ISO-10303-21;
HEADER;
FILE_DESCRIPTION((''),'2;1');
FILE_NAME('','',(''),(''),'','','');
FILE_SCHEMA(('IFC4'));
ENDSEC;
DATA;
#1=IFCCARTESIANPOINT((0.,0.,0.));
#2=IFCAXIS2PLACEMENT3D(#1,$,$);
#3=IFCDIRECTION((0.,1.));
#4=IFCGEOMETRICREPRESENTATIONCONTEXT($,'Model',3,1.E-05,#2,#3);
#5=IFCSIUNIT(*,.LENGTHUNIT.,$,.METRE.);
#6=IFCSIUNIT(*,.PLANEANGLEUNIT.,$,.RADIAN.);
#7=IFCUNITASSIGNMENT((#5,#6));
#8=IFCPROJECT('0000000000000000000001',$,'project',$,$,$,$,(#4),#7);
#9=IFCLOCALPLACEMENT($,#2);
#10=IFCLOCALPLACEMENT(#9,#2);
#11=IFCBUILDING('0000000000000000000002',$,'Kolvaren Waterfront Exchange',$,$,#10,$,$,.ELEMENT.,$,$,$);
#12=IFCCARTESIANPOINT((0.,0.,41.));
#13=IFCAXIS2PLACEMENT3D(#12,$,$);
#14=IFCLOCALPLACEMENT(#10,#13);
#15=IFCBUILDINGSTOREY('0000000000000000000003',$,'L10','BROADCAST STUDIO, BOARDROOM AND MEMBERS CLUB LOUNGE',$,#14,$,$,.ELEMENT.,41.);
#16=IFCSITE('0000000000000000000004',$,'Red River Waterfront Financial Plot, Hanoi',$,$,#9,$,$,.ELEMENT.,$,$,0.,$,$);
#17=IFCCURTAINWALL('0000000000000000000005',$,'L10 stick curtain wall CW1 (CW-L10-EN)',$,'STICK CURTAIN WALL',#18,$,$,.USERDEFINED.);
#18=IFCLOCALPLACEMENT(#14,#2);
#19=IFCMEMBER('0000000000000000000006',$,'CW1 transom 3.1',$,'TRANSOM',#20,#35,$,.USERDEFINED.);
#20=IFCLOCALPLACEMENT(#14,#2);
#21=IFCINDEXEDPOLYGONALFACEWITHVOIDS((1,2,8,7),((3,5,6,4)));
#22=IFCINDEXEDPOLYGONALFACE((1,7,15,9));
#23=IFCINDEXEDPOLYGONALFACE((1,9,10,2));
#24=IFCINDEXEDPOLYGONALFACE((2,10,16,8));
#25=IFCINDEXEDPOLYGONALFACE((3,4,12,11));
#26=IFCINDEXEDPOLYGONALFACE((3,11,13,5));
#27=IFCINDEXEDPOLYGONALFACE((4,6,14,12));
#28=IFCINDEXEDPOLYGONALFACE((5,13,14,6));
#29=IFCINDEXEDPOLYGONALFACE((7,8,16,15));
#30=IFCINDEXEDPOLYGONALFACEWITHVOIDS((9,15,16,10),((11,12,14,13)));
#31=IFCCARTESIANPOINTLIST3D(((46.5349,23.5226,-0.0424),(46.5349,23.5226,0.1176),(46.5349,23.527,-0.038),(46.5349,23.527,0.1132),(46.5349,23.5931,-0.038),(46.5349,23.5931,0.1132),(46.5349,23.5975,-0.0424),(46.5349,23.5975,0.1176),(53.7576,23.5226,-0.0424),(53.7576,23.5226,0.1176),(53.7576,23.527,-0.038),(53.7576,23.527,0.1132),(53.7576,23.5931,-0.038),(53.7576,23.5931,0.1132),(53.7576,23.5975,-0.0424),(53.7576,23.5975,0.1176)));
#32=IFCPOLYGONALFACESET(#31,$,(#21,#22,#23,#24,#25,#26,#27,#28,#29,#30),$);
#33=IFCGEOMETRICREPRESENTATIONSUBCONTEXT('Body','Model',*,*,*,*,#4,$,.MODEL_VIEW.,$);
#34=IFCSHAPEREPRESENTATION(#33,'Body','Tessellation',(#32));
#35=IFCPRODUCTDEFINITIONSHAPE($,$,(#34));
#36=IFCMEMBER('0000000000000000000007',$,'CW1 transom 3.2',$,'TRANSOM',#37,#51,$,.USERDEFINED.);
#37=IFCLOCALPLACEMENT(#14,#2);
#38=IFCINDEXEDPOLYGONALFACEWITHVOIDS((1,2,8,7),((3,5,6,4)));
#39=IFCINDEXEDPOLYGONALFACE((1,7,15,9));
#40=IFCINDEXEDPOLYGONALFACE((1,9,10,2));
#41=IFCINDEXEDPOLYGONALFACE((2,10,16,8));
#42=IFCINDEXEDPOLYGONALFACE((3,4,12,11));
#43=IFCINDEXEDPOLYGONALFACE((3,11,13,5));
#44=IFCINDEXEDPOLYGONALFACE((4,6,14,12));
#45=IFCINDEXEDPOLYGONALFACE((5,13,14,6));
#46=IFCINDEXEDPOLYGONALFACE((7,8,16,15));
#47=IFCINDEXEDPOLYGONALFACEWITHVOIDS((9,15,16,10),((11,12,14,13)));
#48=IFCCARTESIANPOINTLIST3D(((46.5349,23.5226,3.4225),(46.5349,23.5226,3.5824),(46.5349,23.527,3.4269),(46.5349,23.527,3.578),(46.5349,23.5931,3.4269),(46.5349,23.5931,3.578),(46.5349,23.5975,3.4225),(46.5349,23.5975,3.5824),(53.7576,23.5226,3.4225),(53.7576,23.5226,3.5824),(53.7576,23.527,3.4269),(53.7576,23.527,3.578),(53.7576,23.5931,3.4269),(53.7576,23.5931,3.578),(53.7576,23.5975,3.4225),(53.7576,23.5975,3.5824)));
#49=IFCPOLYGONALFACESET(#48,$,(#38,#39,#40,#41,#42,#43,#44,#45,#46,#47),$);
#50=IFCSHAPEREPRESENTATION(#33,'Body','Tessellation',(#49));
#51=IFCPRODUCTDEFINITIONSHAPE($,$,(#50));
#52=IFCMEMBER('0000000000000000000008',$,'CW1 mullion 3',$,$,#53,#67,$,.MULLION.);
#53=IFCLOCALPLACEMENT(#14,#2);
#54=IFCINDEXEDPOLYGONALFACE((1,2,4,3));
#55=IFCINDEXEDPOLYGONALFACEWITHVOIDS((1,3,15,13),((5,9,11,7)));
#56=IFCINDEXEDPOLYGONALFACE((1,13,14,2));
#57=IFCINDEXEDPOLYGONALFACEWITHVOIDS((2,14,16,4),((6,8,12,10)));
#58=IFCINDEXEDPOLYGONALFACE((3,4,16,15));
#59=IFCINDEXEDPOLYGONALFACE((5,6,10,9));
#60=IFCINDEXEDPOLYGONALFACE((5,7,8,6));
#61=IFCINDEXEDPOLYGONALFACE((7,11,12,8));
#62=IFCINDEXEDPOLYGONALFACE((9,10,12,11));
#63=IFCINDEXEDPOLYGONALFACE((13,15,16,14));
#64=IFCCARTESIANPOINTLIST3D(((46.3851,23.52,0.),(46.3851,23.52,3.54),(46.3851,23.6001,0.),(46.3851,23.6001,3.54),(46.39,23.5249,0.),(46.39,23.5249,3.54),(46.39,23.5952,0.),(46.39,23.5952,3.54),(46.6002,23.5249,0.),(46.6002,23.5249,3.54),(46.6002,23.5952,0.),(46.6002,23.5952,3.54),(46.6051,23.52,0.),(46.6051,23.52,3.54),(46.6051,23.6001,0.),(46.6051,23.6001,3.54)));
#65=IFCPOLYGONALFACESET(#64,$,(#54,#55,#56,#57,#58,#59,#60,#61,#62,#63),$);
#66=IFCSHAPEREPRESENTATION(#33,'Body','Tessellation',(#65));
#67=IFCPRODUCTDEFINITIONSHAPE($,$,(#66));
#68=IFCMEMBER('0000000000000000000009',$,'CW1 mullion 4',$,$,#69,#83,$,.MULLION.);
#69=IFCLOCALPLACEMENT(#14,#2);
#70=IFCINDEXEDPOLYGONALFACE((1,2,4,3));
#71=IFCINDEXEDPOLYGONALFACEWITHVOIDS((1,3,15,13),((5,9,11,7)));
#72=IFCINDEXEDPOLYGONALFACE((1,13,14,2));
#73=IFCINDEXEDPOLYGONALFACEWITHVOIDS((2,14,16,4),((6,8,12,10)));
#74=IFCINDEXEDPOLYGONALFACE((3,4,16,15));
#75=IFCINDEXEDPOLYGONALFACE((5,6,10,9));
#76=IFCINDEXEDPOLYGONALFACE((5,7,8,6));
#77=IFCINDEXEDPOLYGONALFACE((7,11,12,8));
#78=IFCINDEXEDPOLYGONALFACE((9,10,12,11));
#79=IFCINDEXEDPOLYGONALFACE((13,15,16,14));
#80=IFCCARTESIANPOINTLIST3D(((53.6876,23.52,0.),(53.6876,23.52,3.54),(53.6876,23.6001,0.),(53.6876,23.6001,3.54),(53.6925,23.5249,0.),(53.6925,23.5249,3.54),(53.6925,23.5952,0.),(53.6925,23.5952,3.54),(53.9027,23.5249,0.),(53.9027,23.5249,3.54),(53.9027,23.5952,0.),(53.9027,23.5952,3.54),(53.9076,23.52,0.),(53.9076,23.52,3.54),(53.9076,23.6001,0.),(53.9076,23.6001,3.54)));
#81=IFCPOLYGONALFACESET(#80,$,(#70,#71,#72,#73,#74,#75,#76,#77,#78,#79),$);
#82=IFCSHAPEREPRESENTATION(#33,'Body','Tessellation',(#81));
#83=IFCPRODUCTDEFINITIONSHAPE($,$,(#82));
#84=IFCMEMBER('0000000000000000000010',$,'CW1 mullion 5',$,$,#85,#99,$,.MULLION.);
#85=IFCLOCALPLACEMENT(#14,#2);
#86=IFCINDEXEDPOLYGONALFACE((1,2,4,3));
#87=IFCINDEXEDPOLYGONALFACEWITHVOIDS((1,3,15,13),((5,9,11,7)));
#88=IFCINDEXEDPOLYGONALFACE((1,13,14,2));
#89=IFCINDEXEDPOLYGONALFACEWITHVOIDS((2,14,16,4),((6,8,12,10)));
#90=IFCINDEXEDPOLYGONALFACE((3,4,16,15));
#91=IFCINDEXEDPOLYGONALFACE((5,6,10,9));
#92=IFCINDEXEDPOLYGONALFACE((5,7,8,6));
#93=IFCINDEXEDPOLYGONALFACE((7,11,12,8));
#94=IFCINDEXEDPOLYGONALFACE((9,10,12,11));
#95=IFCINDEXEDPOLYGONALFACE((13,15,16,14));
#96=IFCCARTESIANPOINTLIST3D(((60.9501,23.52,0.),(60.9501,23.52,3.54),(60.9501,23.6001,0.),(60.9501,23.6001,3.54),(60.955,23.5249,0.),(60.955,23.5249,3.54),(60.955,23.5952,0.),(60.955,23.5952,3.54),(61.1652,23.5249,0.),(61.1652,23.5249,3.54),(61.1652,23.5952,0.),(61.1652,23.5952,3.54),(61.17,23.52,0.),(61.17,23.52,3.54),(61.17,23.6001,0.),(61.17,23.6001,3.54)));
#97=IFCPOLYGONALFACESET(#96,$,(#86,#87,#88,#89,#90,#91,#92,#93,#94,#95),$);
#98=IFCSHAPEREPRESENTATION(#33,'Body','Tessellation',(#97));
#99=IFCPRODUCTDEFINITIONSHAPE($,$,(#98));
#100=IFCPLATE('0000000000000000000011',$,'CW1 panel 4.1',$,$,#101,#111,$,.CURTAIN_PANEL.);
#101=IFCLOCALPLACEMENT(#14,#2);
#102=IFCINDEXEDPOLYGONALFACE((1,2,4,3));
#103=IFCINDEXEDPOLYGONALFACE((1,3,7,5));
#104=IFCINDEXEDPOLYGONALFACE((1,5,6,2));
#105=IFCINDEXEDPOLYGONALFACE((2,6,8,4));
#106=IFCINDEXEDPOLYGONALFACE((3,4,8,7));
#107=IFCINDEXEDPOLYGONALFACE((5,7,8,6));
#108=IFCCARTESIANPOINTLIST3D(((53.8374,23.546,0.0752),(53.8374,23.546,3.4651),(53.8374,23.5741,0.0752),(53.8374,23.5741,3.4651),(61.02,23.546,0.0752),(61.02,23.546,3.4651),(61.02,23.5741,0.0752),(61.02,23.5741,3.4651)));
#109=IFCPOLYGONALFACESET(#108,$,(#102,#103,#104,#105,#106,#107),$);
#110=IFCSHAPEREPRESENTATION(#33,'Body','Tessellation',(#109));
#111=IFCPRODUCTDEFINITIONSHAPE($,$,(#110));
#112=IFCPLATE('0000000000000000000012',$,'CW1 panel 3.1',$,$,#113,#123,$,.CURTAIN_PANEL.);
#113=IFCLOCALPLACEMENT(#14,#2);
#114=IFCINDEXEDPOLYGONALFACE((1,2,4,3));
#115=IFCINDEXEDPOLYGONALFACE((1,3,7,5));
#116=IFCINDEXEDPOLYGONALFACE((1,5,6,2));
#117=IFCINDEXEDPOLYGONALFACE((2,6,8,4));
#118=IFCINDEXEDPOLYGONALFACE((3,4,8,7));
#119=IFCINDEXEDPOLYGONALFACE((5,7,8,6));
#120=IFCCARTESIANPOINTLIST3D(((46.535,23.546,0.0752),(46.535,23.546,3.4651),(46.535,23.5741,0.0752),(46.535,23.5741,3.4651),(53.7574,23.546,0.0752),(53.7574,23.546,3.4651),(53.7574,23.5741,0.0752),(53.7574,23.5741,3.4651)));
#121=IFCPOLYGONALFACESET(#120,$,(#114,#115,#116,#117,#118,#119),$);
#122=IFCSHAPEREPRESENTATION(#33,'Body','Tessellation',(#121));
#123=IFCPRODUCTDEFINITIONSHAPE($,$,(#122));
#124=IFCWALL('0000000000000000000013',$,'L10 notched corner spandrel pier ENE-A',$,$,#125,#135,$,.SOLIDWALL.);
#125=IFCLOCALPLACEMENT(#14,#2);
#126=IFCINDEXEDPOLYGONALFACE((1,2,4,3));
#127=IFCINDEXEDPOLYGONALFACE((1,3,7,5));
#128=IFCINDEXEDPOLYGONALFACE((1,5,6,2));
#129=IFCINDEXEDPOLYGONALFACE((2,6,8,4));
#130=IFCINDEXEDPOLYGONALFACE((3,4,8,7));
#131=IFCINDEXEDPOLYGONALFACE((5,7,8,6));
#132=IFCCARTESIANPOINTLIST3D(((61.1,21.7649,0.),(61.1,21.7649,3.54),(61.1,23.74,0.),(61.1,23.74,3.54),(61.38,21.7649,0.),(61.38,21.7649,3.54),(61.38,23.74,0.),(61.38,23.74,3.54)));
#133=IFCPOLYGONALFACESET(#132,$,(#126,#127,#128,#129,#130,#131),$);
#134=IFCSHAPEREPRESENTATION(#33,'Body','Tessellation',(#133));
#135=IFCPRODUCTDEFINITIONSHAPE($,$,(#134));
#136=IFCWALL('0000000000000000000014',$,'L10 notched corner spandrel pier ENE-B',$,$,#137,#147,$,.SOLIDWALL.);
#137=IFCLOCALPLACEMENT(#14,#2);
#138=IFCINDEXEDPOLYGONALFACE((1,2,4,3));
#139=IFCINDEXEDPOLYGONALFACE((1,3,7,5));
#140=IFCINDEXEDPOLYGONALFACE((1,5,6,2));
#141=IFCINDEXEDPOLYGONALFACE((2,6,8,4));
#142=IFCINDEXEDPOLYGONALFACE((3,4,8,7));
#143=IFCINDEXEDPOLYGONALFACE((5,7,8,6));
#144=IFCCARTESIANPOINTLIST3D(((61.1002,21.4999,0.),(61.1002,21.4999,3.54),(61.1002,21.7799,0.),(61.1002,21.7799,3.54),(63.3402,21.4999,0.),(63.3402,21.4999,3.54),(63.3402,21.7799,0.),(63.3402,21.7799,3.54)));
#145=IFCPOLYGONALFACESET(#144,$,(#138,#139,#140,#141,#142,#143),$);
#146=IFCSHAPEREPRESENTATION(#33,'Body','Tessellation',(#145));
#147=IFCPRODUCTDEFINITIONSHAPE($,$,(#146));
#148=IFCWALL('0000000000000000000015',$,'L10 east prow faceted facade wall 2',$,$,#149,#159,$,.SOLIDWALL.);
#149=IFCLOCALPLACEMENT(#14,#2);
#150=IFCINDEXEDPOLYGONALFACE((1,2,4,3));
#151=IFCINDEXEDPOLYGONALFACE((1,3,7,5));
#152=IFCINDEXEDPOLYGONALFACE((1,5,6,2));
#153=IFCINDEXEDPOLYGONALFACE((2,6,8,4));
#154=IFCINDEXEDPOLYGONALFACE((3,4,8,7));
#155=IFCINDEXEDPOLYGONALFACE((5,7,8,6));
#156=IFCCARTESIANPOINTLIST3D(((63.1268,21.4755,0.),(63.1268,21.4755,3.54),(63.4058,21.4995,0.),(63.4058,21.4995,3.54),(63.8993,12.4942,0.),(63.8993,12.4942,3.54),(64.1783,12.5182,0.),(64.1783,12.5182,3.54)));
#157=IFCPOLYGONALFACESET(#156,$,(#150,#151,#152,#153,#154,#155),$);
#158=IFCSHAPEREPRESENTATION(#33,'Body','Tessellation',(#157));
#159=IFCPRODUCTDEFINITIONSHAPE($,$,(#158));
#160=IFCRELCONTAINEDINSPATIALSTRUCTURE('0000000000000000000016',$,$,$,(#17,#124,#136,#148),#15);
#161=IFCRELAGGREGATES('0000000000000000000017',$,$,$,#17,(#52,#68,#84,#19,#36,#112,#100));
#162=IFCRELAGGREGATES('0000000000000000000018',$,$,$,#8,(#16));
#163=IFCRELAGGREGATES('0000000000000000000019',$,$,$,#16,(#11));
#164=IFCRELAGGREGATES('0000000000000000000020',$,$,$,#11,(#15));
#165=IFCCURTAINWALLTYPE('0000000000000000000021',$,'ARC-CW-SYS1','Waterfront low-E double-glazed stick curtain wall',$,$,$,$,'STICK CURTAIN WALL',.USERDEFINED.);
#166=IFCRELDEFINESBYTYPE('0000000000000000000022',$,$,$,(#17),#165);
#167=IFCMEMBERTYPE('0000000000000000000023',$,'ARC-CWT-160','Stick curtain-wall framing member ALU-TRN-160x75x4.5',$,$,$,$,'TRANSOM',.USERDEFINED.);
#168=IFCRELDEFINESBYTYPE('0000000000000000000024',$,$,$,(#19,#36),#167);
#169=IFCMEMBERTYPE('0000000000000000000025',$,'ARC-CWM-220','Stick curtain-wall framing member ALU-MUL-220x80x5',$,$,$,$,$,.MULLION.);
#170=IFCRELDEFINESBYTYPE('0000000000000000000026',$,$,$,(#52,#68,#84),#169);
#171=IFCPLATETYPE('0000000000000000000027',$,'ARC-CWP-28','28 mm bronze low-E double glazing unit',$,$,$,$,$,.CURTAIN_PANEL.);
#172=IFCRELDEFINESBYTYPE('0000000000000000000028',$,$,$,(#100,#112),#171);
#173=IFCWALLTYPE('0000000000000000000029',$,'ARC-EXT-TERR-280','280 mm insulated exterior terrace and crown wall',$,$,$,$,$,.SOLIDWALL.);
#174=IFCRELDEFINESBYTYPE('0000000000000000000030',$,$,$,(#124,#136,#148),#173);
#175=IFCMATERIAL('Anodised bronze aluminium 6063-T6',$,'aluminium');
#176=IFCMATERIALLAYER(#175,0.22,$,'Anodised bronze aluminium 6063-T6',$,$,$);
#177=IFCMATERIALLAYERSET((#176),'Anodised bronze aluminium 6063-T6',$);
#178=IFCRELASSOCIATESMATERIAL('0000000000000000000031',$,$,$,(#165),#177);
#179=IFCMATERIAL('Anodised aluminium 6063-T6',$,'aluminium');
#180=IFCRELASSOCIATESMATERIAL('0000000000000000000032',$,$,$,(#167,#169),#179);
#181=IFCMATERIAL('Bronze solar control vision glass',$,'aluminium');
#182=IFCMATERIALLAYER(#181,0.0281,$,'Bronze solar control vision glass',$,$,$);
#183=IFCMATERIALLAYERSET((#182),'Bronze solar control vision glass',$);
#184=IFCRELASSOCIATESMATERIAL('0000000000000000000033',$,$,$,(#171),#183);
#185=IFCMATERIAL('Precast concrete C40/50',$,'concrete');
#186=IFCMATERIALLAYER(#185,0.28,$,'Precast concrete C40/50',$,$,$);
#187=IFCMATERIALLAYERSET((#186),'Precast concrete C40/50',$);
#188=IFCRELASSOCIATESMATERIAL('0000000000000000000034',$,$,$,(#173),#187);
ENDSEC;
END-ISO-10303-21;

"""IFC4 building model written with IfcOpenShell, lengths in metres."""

from ifc_helpers import new_model, si_unit, direction, frame, frame_2d, origin, origin_with_axes, origin_2d, place, context, subcontext, project, spatial, rectangle, hollow_rectangle, extrude, source, transform, mapped, material, layer, layer_set, material_profile, profile_set, type_object, element, aggregate, save


model = new_model("IFC4")

# Units and contexts
model_context = context("Model", 3, precision=1e-05, world=origin(), true_north=direction((0.0, 1.0)))
body_context = subcontext(model_context, "Body", "Model", "MODEL_VIEW")
ifc_project = project(units=[si_unit("LENGTHUNIT", "METRE"), si_unit("PLANEANGLEUNIT", "RADIAN")], contexts=[model_context])

# Site, building, storey
site_placement = place(None, origin())
site = spatial("IfcSite", under=ifc_project, at=site_placement, Name="Red River Waterfront Financial Plot, Hanoi", CompositionType="ELEMENT", RefElevation=0.0)
building_placement = place(site_placement, origin())
building = spatial("IfcBuilding", under=site, at=building_placement, Name="Kolvaren Waterfront Exchange", CompositionType="ELEMENT")
storey_placement = place(building_placement, frame((0.0, 0.0, 41.0)))
storey = spatial("IfcBuildingStorey", under=building, at=storey_placement, Name="L10", Description="BROADCAST STUDIO, BOARDROOM AND MEMBERS CLUB LOUNGE", CompositionType="ELEMENT", Elevation=41.0)

# Curtain wall, members, plates
ifc_material_1 = material(Name="Anodised bronze aluminium 6063-T6", Category="aluminium")
ifc_layer_1 = layer(ifc_material_1, 0.22, Name="Anodised bronze aluminium 6063-T6")
ifc_layer_set_1 = layer_set([ifc_layer_1], Name="Anodised bronze aluminium 6063-T6")
curtain_wall_type = type_object("IfcCurtainWallType", Name="ARC-CW-SYS1", Description="Waterfront low-E double-glazed stick curtain wall", ElementType="STICK CURTAIN WALL", PredefinedType="USERDEFINED", material=ifc_layer_set_1)
curtain_wall_placement = place(storey_placement, origin())
curtain_wall = element("IfcCurtainWall", 1, at=curtain_wall_placement, inside=storey, type_object=curtain_wall_type, Name="L10 stick curtain wall CW1 (CW-L10-EN)", ObjectType="STICK CURTAIN WALL", PredefinedType="USERDEFINED")
ifc_material_2 = material(Name="Anodised aluminium 6063-T6", Category="aluminium")
ifc_material_profile_1 = material_profile(ifc_material_2, hollow_rectangle(XDim=0.075, YDim=0.1599, WallThickness=0.0044, at=origin_2d()), Name="ALU-TRN-160x75x4.5")
ifc_profile_set_1 = profile_set([ifc_material_profile_1], Name="Anodised aluminium 6063-T6")
member_type_1 = type_object("IfcMemberType", Name="ARC-CWT-160", Description="Stick curtain-wall framing member ALU-TRN-160x75x4.5", ElementType="TRANSOM", PredefinedType="USERDEFINED", material=ifc_profile_set_1)
shared_shape_1 = source(origin_with_axes(), body_context, "Body", "SweptSolid", [
    extrude(hollow_rectangle(XDim=0.075, YDim=0.1599, WallThickness=0.0044, at=origin_2d()), origin(), (0.0, 0.0, 1.0), 7.2227),
])
member_1_placement = place(storey_placement, frame((46.5349, 23.5601, 0.0376), z_axis=(1.0, 0.0, 0.0), x_axis=(0.0, 1.0, 0.0)))
member_1 = element("IfcMember", 2, at=member_1_placement, type_object=member_type_1, Name="CW1 transom 3.1", ObjectType="TRANSOM", PredefinedType="USERDEFINED", context=body_context, shape_type="MappedRepresentation", body=[
    mapped(shared_shape_1, transform((0.0, 0.0, 0.0), x_axis=(1.0, 0.0, 0.0), y_axis=(0.0, 1.0, 0.0), z_axis=(0.0, 0.0, 1.0), scale=1.0)),
])
member_2_placement = place(storey_placement, frame((46.5349, 23.5601, 3.5024), z_axis=(1.0, 0.0, 0.0), x_axis=(0.0, 1.0, 0.0)))
member_2 = element("IfcMember", 3, at=member_2_placement, type_object=member_type_1, Name="CW1 transom 3.2", ObjectType="TRANSOM", PredefinedType="USERDEFINED", context=body_context, shape_type="MappedRepresentation", body=[
    mapped(shared_shape_1, transform((0.0, 0.0, 0.0), x_axis=(1.0, 0.0, 0.0), y_axis=(0.0, 1.0, 0.0), z_axis=(0.0, 0.0, 1.0), scale=1.0)),
])
ifc_material_profile_2 = material_profile(ifc_material_2, hollow_rectangle(XDim=0.0801, YDim=0.22, WallThickness=0.0049, at=origin_2d()), Name="ALU-MUL-220x80x5")
ifc_profile_set_2 = profile_set([ifc_material_profile_2], Name="Anodised aluminium 6063-T6")
member_type_2 = type_object("IfcMemberType", Name="ARC-CWM-220", Description="Stick curtain-wall framing member ALU-MUL-220x80x5", PredefinedType="MULLION", material=ifc_profile_set_2)
shared_shape_2 = source(origin_with_axes(), body_context, "Body", "SweptSolid", [
    extrude(hollow_rectangle(XDim=0.0801, YDim=0.22, WallThickness=0.0049, at=origin_2d()), origin(), (0.0, 0.0, 1.0), 3.54),
])
member_3_placement = place(storey_placement, frame((46.4951, 23.5601, 0.0), z_axis=(0.0, 0.0, 1.0), x_axis=(0.0, 1.0, 0.0)))
member_3 = element("IfcMember", 4, at=member_3_placement, type_object=member_type_2, Name="CW1 mullion 3", PredefinedType="MULLION", context=body_context, shape_type="MappedRepresentation", body=[
    mapped(shared_shape_2, transform((0.0, 0.0, 0.0), x_axis=(1.0, 0.0, 0.0), y_axis=(0.0, 1.0, 0.0), z_axis=(0.0, 0.0, 1.0), scale=1.0)),
])
member_4_placement = place(storey_placement, frame((53.7976, 23.5601, 0.0), z_axis=(0.0, 0.0, 1.0), x_axis=(0.0, 1.0, 0.0)))
member_4 = element("IfcMember", 5, at=member_4_placement, type_object=member_type_2, Name="CW1 mullion 4", PredefinedType="MULLION", context=body_context, shape_type="MappedRepresentation", body=[
    mapped(shared_shape_2, transform((0.0, 0.0, 0.0), x_axis=(1.0, 0.0, 0.0), y_axis=(0.0, 1.0, 0.0), z_axis=(0.0, 0.0, 1.0), scale=1.0)),
])
member_5_placement = place(storey_placement, frame((61.0601, 23.5601, 0.0), z_axis=(0.0, 0.0, 1.0), x_axis=(0.0, 1.0, 0.0)))
member_5 = element("IfcMember", 6, at=member_5_placement, type_object=member_type_2, Name="CW1 mullion 5", PredefinedType="MULLION", context=body_context, shape_type="MappedRepresentation", body=[
    mapped(shared_shape_2, transform((0.0, 0.0, 0.0), x_axis=(1.0, 0.0, 0.0), y_axis=(0.0, 1.0, 0.0), z_axis=(0.0, 0.0, 1.0), scale=1.0)),
])
ifc_material_3 = material(Name="Bronze solar control vision glass", Category="aluminium")
ifc_layer_2 = layer(ifc_material_3, 0.0281, Name="Bronze solar control vision glass")
ifc_layer_set_2 = layer_set([ifc_layer_2], Name="Bronze solar control vision glass")
plate_type = type_object("IfcPlateType", Name="ARC-CWP-28", Description="28 mm bronze low-E double glazing unit", PredefinedType="CURTAIN_PANEL", material=ifc_layer_set_2)
shared_shape_3 = source(origin_with_axes(), body_context, "Body", "SweptSolid", [
    extrude(rectangle(XDim=7.1826, YDim=0.0281, at=origin_2d()), origin(), (0.0, 0.0, 1.0), 3.3899),
])
plate_1_placement = place(storey_placement, frame((57.4287, 23.5601, 0.0752), z_axis=(0.0, 0.0, 1.0), x_axis=(1.0, 0.0, 0.0)))
plate_1 = element("IfcPlate", 7, at=plate_1_placement, type_object=plate_type, Name="CW1 panel 4.1", PredefinedType="CURTAIN_PANEL", context=body_context, shape_type="MappedRepresentation", body=[
    mapped(shared_shape_3, transform((0.0, 0.0, 0.0), x_axis=(1.0, 0.0, 0.0), y_axis=(0.0, 1.0, 0.0), z_axis=(0.0, 0.0, 1.0), scale=1.0)),
])
shared_shape_4 = source(origin_with_axes(), body_context, "Body", "SweptSolid", [
    extrude(rectangle(XDim=7.2224, YDim=0.0281, at=origin_2d()), origin(), (0.0, 0.0, 1.0), 3.3899),
])
plate_2_placement = place(storey_placement, frame((50.1462, 23.5601, 0.0752), z_axis=(0.0, 0.0, 1.0), x_axis=(1.0, 0.0, 0.0)))
plate_2 = element("IfcPlate", 8, at=plate_2_placement, type_object=plate_type, Name="CW1 panel 3.1", PredefinedType="CURTAIN_PANEL", context=body_context, shape_type="MappedRepresentation", body=[
    mapped(shared_shape_4, transform((0.0, 0.0, 0.0), x_axis=(1.0, 0.0, 0.0), y_axis=(0.0, 1.0, 0.0), z_axis=(0.0, 0.0, 1.0), scale=1.0)),
])
aggregate(curtain_wall, [member_3, member_4, member_5, member_1, member_2, plate_2, plate_1])

# Walls
ifc_material_4 = material(Name="Precast concrete C40/50", Category="concrete")
ifc_layer_3 = layer(ifc_material_4, 0.28, Name="Precast concrete C40/50")
ifc_layer_set_3 = layer_set([ifc_layer_3], Name="Precast concrete C40/50")
wall_type = type_object("IfcWallType", Name="ARC-EXT-TERR-280", Description="280 mm insulated exterior terrace and crown wall", PredefinedType="SOLIDWALL", material=ifc_layer_set_3)
wall_1_placement = place(storey_placement, frame((61.24, 21.7649, 0.0), z_axis=(0.0, 0.0, 1.0), x_axis=(0.0, 1.0, 0.0)))
element("IfcWall", 9, at=wall_1_placement, inside=storey, type_object=wall_type, Name="L10 notched corner spandrel pier ENE-A", PredefinedType="SOLIDWALL", context=body_context, shape_type="SweptSolid", body=[
    extrude(rectangle(XDim=1.9751, YDim=0.28, at=frame_2d((0.9875, 0.0))), origin(), (0.0, 0.0, 1.0), 3.54),
])
wall_2_placement = place(storey_placement, frame((61.1001, 21.6399, 0.0), z_axis=(0.0, 0.0, 1.0), x_axis=(1.0, 0.0, 0.0)))
element("IfcWall", 10, at=wall_2_placement, inside=storey, type_object=wall_type, Name="L10 notched corner spandrel pier ENE-B", PredefinedType="SOLIDWALL", context=body_context, shape_type="SweptSolid", body=[
    extrude(rectangle(XDim=2.24, YDim=0.28, at=frame_2d((1.1201, 0.0))), origin(), (0.0, 0.0, 1.0), 3.54),
])
wall_3_placement = place(storey_placement, frame((64.0388, 12.5061, 0.0), z_axis=(0.0, 0.0, 1.0), x_axis=(-0.085692, 0.996322, 0.0)))
element("IfcWall", 11, at=wall_3_placement, inside=storey, type_object=wall_type, Name="L10 east prow faceted facade wall 2", PredefinedType="SOLIDWALL", context=body_context, shape_type="SweptSolid", body=[
    extrude(rectangle(XDim=9.0144, YDim=0.28, at=frame_2d((4.5073, 0.0))), origin(), (0.0, 0.0, 1.0), 3.54),
])

save(model, "model.ifc")
